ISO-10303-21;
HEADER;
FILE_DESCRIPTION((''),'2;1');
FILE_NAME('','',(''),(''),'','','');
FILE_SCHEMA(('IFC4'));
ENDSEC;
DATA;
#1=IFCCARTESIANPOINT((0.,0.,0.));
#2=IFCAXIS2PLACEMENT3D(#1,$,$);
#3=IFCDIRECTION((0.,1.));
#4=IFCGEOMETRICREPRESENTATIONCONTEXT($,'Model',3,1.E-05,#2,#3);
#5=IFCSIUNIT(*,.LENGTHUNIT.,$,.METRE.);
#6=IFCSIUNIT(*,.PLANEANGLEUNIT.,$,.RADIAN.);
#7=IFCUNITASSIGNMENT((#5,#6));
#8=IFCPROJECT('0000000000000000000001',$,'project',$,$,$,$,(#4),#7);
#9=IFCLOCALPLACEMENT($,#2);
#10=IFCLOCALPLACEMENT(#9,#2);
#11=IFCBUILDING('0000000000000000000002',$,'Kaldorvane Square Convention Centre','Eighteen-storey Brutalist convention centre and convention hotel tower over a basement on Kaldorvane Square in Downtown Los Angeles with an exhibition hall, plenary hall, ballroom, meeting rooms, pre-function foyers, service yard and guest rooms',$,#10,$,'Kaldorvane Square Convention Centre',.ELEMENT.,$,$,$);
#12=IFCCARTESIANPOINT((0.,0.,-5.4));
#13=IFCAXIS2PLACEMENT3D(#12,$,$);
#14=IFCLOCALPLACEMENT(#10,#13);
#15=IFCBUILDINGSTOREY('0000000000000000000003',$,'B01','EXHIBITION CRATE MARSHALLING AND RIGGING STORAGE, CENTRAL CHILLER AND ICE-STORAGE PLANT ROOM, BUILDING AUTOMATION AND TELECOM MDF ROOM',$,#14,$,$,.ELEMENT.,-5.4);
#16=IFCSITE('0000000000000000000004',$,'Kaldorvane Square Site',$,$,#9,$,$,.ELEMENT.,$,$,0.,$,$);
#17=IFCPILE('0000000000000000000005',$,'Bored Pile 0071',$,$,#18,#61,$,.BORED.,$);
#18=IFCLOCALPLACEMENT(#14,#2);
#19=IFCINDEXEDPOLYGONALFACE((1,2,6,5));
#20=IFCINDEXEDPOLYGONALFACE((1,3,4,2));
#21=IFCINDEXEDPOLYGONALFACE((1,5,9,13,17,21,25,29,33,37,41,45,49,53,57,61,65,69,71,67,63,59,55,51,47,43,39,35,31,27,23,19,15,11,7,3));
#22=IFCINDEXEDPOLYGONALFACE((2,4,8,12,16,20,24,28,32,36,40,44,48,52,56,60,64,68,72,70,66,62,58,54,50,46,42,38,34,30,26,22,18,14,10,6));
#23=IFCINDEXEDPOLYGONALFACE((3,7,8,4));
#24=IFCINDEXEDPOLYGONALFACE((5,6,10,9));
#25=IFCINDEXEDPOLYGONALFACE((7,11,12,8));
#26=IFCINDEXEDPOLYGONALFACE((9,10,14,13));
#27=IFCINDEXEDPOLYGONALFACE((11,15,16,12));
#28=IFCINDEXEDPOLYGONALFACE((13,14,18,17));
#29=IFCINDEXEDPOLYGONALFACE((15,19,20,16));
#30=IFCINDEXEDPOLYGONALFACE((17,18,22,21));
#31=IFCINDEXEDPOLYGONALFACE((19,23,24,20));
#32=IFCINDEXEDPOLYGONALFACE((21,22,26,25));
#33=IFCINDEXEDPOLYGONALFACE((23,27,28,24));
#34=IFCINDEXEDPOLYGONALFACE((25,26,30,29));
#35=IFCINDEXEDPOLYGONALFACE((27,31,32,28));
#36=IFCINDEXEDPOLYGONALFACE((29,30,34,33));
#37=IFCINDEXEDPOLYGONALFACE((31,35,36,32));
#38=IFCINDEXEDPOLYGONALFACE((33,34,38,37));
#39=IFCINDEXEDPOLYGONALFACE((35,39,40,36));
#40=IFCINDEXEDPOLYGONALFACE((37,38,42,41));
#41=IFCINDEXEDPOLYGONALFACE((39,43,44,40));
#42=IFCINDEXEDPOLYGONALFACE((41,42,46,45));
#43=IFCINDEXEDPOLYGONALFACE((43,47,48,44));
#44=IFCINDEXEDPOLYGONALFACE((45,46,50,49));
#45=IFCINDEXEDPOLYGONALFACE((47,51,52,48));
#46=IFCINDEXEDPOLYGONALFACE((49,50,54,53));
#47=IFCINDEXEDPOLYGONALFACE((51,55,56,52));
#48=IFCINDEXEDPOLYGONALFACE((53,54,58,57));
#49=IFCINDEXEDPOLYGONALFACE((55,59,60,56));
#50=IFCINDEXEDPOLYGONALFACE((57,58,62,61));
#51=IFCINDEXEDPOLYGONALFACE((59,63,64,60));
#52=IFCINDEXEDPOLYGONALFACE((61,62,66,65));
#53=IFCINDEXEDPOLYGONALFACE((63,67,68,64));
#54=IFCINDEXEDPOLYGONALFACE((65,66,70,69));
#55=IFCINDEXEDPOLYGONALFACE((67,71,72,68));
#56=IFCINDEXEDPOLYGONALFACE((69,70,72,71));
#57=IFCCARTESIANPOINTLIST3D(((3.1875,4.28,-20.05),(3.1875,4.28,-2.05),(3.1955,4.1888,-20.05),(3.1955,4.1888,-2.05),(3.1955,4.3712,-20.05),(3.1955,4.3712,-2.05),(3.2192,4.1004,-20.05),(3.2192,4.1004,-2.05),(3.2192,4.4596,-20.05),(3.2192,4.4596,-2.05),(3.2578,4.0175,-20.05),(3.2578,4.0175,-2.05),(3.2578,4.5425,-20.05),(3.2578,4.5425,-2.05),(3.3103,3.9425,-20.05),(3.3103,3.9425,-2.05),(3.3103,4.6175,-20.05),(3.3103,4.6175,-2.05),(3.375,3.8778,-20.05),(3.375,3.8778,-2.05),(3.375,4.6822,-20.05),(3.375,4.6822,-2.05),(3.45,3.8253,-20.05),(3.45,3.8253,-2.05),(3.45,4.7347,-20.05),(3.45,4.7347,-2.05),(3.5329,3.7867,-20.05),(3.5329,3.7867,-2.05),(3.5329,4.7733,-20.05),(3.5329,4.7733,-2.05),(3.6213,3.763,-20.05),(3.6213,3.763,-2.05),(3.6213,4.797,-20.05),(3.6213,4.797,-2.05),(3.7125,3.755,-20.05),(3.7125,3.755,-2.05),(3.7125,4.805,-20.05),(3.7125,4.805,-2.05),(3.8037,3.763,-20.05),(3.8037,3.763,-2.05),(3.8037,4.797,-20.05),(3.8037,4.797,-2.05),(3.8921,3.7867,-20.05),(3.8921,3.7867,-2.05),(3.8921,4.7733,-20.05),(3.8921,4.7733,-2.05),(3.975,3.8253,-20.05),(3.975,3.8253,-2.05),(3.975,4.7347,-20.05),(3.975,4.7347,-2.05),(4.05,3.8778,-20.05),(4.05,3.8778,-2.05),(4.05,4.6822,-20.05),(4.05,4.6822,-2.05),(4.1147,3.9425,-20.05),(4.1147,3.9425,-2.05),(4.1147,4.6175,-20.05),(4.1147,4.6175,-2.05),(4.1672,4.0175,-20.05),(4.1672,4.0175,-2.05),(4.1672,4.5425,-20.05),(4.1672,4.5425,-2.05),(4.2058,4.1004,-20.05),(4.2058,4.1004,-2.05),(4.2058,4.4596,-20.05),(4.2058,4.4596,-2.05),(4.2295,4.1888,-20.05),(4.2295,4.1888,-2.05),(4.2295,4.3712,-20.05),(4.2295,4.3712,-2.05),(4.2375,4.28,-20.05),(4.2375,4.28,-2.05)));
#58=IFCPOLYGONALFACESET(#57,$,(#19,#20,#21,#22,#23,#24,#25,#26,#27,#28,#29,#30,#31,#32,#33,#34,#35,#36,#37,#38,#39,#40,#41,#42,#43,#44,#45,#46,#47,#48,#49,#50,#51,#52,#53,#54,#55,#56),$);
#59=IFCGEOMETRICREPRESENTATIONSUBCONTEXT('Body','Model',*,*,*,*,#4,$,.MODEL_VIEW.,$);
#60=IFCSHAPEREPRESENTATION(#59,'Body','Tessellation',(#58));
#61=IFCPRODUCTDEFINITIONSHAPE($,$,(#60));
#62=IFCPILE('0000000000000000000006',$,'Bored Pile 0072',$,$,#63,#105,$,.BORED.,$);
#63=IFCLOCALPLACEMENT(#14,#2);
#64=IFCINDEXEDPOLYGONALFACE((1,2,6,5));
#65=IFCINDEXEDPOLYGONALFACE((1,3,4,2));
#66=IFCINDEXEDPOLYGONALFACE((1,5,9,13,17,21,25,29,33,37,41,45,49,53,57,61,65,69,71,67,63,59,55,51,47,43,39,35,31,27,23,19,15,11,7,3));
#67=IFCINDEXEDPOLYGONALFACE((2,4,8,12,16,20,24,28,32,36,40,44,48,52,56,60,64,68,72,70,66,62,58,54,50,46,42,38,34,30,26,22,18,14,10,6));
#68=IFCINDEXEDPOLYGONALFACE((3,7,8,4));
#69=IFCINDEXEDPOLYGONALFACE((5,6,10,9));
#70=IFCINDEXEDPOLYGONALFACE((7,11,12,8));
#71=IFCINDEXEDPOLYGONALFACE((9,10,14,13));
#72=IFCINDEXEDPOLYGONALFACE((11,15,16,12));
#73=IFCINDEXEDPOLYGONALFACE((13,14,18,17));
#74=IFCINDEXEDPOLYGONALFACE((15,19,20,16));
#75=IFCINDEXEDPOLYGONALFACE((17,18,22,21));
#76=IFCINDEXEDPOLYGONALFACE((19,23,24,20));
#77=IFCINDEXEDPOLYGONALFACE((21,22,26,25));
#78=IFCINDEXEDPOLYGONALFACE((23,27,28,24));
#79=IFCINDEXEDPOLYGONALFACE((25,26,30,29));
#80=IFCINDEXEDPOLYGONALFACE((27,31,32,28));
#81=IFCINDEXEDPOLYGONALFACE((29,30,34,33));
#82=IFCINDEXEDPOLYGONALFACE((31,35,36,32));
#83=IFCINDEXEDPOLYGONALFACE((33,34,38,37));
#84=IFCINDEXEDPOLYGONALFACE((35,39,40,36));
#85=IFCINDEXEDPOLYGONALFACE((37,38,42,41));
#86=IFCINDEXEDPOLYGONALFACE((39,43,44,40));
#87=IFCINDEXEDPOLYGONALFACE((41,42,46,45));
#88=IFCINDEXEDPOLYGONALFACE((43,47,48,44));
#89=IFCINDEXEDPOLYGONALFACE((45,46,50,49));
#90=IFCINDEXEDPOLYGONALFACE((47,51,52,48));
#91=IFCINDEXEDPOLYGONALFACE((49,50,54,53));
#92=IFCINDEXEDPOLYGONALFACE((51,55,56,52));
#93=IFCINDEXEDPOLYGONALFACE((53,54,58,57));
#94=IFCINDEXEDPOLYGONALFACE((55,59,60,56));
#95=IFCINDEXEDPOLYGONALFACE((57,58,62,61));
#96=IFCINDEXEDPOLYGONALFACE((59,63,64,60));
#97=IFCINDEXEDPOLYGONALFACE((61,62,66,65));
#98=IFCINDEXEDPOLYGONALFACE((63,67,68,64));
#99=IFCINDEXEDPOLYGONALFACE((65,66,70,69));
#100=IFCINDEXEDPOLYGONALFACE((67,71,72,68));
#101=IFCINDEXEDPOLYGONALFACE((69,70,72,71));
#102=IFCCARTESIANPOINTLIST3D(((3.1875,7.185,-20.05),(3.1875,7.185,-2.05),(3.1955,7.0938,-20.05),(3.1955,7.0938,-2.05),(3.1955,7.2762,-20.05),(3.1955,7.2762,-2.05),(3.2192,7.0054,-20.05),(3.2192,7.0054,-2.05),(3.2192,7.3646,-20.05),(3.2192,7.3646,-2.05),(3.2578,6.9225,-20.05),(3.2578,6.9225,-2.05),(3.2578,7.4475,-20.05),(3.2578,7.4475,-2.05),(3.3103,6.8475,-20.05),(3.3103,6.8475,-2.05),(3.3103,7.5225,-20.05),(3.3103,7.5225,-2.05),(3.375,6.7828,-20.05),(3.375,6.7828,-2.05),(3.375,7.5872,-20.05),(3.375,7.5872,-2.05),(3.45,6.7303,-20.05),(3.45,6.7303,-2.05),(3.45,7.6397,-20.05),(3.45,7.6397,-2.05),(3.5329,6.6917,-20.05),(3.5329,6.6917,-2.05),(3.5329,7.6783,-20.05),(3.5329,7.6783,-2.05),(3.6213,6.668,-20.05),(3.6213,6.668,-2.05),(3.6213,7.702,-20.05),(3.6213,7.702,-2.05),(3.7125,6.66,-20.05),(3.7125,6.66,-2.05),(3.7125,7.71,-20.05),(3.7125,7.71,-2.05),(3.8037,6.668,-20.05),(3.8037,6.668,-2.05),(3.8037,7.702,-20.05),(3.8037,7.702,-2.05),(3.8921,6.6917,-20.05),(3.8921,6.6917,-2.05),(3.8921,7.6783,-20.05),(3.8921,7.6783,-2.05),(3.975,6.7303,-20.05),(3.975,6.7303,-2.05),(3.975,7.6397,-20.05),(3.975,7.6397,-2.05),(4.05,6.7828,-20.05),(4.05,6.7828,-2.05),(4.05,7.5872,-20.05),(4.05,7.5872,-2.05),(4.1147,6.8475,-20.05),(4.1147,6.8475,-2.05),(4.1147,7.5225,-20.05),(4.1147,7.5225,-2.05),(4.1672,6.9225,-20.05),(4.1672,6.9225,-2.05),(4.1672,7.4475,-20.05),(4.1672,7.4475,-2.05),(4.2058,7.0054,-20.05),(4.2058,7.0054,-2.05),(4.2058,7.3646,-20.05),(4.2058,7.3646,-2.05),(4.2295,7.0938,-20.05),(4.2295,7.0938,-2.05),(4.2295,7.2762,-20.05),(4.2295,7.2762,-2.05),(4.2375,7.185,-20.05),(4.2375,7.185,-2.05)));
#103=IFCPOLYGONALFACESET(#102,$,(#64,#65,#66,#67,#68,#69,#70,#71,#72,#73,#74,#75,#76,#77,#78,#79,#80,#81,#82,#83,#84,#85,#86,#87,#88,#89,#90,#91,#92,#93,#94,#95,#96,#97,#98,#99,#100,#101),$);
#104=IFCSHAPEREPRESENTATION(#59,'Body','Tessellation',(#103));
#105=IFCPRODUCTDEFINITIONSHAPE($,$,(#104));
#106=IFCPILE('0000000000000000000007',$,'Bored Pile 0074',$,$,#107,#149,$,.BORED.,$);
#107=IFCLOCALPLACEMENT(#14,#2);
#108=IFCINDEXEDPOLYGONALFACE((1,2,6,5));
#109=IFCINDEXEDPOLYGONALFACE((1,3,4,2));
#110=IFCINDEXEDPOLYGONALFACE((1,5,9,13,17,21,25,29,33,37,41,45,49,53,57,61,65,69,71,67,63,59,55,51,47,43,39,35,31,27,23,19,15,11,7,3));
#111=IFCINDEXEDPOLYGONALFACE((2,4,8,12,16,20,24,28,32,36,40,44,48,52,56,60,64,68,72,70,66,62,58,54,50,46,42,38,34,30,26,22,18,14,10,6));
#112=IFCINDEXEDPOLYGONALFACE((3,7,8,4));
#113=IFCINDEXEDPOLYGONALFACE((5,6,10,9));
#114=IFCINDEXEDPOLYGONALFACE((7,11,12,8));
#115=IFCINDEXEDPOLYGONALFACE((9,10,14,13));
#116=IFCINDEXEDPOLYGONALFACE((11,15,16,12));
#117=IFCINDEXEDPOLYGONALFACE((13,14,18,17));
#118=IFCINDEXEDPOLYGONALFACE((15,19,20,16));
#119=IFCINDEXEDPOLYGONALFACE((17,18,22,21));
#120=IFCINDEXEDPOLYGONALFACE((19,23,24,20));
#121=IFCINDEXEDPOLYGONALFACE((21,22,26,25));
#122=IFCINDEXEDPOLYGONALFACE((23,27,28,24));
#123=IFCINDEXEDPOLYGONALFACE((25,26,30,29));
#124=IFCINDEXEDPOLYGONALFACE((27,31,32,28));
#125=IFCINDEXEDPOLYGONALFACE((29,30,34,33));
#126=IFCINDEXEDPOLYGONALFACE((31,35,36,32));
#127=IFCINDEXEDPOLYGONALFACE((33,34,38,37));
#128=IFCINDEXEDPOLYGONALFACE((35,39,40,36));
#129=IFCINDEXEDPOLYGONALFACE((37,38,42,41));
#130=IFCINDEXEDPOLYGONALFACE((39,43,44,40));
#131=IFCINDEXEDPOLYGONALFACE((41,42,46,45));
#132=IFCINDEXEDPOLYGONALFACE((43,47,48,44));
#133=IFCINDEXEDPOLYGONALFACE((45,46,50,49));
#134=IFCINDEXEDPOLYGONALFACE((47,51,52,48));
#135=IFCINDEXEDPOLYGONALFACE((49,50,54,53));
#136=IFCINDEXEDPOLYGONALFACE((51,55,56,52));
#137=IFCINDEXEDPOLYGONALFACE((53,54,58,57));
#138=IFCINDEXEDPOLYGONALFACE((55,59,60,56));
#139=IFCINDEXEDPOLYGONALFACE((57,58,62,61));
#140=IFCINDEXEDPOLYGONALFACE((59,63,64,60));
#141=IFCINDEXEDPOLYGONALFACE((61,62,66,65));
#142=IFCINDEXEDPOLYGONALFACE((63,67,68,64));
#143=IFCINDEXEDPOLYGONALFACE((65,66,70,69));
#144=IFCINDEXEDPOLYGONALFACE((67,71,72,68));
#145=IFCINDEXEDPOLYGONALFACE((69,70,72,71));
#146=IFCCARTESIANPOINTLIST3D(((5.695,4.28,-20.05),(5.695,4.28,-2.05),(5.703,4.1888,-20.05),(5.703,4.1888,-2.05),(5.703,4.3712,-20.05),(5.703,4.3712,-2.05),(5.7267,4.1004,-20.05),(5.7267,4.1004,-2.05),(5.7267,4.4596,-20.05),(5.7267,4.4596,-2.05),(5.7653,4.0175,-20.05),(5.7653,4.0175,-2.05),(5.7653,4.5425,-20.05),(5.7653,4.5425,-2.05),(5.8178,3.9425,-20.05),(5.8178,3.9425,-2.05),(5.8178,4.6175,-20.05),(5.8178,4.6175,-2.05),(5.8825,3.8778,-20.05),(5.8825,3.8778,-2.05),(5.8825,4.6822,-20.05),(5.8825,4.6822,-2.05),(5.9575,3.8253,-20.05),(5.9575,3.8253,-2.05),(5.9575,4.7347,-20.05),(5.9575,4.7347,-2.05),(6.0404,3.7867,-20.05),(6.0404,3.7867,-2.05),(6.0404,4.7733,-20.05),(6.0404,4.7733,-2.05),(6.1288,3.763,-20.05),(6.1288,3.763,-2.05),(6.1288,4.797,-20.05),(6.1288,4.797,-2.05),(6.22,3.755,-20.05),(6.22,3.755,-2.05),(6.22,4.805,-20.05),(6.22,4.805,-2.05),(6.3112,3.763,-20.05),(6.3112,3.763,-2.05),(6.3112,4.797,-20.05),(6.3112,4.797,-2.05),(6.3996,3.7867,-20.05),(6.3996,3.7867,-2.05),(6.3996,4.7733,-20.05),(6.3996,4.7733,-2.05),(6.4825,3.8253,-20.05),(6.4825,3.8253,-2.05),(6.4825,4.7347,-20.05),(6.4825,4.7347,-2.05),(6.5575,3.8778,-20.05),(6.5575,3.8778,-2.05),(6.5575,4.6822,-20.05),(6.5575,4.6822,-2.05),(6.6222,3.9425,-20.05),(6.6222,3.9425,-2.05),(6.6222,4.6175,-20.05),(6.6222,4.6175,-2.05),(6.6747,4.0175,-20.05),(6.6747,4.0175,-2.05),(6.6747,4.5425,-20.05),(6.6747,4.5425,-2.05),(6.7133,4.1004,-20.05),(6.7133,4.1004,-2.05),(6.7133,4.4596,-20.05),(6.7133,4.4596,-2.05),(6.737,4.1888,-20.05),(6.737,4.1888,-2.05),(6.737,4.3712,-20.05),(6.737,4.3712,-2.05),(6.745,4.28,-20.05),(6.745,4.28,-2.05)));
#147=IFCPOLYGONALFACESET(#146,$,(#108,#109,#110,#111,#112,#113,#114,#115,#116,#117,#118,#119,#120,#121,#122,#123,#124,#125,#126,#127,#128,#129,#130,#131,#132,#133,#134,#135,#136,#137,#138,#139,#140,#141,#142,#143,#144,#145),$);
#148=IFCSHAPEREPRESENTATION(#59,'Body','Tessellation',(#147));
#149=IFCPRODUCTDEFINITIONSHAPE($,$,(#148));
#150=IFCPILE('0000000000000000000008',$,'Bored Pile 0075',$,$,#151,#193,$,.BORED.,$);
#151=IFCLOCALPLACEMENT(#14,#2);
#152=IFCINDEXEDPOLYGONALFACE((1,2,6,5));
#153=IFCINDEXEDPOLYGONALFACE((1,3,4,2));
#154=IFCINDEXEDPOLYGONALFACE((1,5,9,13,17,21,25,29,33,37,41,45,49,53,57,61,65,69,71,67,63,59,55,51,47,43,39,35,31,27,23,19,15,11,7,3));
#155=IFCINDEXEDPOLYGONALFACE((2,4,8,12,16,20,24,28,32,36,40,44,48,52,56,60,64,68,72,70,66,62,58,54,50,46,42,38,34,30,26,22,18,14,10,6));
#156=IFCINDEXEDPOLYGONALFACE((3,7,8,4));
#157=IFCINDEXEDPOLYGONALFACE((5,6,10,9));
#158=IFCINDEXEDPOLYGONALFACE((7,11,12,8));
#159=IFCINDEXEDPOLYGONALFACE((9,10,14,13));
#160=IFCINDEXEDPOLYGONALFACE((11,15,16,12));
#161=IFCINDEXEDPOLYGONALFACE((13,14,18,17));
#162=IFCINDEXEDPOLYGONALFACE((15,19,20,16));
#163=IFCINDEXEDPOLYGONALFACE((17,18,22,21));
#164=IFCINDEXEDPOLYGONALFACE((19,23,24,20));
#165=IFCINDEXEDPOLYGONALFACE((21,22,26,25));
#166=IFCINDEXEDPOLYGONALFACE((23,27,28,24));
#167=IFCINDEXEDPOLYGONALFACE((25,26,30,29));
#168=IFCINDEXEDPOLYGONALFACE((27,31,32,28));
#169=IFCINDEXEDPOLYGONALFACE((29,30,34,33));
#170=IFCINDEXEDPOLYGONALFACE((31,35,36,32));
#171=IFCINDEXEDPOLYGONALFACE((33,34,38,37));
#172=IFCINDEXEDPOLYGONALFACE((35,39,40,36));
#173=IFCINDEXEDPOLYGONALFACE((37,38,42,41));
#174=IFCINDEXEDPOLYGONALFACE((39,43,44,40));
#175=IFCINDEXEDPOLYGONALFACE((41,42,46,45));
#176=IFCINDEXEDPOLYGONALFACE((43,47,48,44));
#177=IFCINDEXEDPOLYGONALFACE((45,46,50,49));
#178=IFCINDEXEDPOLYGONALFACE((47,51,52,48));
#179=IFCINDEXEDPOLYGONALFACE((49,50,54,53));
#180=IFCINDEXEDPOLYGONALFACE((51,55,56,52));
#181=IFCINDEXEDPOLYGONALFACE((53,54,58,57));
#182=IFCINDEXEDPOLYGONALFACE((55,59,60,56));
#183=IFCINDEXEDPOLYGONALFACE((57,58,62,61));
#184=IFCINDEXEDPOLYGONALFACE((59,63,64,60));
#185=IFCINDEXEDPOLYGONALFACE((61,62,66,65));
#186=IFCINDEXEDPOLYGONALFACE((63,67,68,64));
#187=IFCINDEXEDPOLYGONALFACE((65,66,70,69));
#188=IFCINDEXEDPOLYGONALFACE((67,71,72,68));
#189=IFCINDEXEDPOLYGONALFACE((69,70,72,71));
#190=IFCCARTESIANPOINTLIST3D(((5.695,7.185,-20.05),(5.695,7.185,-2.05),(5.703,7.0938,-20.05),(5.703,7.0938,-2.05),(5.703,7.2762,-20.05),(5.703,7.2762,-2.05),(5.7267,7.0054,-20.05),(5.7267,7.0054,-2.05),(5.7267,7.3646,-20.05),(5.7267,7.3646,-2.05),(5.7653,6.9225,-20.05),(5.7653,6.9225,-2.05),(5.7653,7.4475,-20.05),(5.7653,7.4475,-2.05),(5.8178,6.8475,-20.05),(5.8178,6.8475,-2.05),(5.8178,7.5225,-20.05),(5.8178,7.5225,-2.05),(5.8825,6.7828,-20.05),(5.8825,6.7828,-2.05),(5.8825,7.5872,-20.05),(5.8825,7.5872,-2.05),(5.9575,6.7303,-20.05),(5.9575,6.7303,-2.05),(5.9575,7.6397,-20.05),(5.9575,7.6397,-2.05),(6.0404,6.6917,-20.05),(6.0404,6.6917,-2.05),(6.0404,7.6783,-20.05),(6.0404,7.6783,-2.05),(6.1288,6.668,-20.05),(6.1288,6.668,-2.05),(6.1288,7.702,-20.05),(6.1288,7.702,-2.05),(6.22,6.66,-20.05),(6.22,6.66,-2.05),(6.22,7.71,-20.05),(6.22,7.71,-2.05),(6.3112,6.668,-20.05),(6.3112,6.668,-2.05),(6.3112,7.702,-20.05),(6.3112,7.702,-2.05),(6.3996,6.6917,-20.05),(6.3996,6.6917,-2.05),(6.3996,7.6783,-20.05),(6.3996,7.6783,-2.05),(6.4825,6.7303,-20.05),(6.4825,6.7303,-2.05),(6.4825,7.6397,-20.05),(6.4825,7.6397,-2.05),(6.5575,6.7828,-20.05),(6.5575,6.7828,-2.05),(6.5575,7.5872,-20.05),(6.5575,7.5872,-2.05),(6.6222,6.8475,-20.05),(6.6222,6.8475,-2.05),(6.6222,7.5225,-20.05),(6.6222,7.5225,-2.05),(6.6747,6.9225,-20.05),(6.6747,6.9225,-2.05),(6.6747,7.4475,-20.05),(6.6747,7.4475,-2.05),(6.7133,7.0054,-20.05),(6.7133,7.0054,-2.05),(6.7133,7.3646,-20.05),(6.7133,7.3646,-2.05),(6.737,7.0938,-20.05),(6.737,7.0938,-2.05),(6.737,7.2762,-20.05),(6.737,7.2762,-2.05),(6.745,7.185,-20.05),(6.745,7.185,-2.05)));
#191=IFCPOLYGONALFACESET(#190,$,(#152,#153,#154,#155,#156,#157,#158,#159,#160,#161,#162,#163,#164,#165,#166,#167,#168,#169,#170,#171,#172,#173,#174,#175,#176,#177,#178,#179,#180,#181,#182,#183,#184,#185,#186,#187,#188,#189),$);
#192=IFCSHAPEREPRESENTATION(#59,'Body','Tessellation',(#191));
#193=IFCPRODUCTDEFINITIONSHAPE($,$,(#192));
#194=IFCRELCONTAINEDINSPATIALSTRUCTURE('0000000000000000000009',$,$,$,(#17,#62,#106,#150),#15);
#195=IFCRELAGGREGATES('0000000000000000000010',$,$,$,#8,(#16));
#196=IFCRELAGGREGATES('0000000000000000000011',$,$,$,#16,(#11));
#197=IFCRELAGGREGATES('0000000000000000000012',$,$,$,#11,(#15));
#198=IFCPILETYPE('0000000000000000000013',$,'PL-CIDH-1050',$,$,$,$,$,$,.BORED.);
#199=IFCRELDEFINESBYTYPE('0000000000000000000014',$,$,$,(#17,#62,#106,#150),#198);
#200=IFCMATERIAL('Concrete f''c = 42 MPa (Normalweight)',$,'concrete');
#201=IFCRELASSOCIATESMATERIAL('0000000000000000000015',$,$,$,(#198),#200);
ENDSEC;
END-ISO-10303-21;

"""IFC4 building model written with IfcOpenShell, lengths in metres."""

from ifc_helpers import new_model, si_unit, direction, frame, origin, origin_2d, place, context, subcontext, project, spatial, circle, extrude, material, material_profile, profile_set, type_object, element, save


model = new_model("IFC4")

# Units and contexts
model_context = context("Model", 3, precision=1e-05, world=origin(), true_north=direction((0.0, 1.0)))
body_context = subcontext(model_context, "Body", "Model", "MODEL_VIEW")
ifc_project = project(units=[si_unit("LENGTHUNIT", "METRE"), si_unit("PLANEANGLEUNIT", "RADIAN")], contexts=[model_context])

# Site, building, storey
site_placement = place(None, origin())
site = spatial("IfcSite", under=ifc_project, at=site_placement, Name="Kaldorvane Square Site", CompositionType="ELEMENT", RefElevation=0.0)
building_placement = place(site_placement, origin())
building = spatial("IfcBuilding", under=site, at=building_placement, Name="Kaldorvane Square Convention Centre", Description="Eighteen-storey Brutalist convention centre and convention hotel tower over a basement on Kaldorvane Square in Downtown Los Angeles with an exhibition hall, plenary hall, ballroom, meeting rooms, pre-function foyers, service yard and guest rooms", LongName="Kaldorvane Square Convention Centre", CompositionType="ELEMENT")
storey_placement = place(building_placement, frame((0.0, 0.0, -5.4)))
storey = spatial("IfcBuildingStorey", under=building, at=storey_placement, Name="B01", Description="EXHIBITION CRATE MARSHALLING AND RIGGING STORAGE, CENTRAL CHILLER AND ICE-STORAGE PLANT ROOM, BUILDING AUTOMATION AND TELECOM MDF ROOM", CompositionType="ELEMENT", Elevation=-5.4)

# Shared definitions
ifc_material_1 = material(Name="Concrete f'c = 42 MPa (Normalweight)", Category="concrete")

# Piles
ifc_material_profile_1 = material_profile(ifc_material_1, circle(Radius=0.525, at=origin_2d()), Name="PILE-D1050")
ifc_profile_set_1 = profile_set([ifc_material_profile_1], Name="Concrete f'c = 42 MPa (Normalweight)")
pile_type_1 = type_object("IfcPileType", Name="PL-CIDH-1050", PredefinedType="BORED", material=ifc_profile_set_1)
for number, where, z_axis, x_axis, name in (
    (1, (3.7125, 4.28, -2.05), (0.0, 0.0, -1.0), (1.0, 0.0, 0.0), "Bored Pile 0071"),
    (2, (3.7125, 7.185, -2.05), (0.0, 0.0, -1.0), (1.0, 0.0, 0.0), "Bored Pile 0072"),
    (3, (6.22, 4.28, -2.05), (0.0, 0.0, -1.0), (1.0, 0.0, 0.0), "Bored Pile 0074"),
    (4, (6.22, 7.185, -2.05), (0.0, 0.0, -1.0), (1.0, 0.0, 0.0), "Bored Pile 0075"),
):
    element("IfcPile", number, at=place(storey_placement, frame(where, z_axis=z_axis, x_axis=x_axis)), inside=storey, type_object=pile_type_1, Name=name, PredefinedType="BORED", context=body_context, shape_type="SweptSolid", body=[
        extrude(circle(Radius=0.525, at=origin_2d()), origin(), (0.0, 0.0, 1.0), 18.0),
    ])

save(model, "model.ifc")
